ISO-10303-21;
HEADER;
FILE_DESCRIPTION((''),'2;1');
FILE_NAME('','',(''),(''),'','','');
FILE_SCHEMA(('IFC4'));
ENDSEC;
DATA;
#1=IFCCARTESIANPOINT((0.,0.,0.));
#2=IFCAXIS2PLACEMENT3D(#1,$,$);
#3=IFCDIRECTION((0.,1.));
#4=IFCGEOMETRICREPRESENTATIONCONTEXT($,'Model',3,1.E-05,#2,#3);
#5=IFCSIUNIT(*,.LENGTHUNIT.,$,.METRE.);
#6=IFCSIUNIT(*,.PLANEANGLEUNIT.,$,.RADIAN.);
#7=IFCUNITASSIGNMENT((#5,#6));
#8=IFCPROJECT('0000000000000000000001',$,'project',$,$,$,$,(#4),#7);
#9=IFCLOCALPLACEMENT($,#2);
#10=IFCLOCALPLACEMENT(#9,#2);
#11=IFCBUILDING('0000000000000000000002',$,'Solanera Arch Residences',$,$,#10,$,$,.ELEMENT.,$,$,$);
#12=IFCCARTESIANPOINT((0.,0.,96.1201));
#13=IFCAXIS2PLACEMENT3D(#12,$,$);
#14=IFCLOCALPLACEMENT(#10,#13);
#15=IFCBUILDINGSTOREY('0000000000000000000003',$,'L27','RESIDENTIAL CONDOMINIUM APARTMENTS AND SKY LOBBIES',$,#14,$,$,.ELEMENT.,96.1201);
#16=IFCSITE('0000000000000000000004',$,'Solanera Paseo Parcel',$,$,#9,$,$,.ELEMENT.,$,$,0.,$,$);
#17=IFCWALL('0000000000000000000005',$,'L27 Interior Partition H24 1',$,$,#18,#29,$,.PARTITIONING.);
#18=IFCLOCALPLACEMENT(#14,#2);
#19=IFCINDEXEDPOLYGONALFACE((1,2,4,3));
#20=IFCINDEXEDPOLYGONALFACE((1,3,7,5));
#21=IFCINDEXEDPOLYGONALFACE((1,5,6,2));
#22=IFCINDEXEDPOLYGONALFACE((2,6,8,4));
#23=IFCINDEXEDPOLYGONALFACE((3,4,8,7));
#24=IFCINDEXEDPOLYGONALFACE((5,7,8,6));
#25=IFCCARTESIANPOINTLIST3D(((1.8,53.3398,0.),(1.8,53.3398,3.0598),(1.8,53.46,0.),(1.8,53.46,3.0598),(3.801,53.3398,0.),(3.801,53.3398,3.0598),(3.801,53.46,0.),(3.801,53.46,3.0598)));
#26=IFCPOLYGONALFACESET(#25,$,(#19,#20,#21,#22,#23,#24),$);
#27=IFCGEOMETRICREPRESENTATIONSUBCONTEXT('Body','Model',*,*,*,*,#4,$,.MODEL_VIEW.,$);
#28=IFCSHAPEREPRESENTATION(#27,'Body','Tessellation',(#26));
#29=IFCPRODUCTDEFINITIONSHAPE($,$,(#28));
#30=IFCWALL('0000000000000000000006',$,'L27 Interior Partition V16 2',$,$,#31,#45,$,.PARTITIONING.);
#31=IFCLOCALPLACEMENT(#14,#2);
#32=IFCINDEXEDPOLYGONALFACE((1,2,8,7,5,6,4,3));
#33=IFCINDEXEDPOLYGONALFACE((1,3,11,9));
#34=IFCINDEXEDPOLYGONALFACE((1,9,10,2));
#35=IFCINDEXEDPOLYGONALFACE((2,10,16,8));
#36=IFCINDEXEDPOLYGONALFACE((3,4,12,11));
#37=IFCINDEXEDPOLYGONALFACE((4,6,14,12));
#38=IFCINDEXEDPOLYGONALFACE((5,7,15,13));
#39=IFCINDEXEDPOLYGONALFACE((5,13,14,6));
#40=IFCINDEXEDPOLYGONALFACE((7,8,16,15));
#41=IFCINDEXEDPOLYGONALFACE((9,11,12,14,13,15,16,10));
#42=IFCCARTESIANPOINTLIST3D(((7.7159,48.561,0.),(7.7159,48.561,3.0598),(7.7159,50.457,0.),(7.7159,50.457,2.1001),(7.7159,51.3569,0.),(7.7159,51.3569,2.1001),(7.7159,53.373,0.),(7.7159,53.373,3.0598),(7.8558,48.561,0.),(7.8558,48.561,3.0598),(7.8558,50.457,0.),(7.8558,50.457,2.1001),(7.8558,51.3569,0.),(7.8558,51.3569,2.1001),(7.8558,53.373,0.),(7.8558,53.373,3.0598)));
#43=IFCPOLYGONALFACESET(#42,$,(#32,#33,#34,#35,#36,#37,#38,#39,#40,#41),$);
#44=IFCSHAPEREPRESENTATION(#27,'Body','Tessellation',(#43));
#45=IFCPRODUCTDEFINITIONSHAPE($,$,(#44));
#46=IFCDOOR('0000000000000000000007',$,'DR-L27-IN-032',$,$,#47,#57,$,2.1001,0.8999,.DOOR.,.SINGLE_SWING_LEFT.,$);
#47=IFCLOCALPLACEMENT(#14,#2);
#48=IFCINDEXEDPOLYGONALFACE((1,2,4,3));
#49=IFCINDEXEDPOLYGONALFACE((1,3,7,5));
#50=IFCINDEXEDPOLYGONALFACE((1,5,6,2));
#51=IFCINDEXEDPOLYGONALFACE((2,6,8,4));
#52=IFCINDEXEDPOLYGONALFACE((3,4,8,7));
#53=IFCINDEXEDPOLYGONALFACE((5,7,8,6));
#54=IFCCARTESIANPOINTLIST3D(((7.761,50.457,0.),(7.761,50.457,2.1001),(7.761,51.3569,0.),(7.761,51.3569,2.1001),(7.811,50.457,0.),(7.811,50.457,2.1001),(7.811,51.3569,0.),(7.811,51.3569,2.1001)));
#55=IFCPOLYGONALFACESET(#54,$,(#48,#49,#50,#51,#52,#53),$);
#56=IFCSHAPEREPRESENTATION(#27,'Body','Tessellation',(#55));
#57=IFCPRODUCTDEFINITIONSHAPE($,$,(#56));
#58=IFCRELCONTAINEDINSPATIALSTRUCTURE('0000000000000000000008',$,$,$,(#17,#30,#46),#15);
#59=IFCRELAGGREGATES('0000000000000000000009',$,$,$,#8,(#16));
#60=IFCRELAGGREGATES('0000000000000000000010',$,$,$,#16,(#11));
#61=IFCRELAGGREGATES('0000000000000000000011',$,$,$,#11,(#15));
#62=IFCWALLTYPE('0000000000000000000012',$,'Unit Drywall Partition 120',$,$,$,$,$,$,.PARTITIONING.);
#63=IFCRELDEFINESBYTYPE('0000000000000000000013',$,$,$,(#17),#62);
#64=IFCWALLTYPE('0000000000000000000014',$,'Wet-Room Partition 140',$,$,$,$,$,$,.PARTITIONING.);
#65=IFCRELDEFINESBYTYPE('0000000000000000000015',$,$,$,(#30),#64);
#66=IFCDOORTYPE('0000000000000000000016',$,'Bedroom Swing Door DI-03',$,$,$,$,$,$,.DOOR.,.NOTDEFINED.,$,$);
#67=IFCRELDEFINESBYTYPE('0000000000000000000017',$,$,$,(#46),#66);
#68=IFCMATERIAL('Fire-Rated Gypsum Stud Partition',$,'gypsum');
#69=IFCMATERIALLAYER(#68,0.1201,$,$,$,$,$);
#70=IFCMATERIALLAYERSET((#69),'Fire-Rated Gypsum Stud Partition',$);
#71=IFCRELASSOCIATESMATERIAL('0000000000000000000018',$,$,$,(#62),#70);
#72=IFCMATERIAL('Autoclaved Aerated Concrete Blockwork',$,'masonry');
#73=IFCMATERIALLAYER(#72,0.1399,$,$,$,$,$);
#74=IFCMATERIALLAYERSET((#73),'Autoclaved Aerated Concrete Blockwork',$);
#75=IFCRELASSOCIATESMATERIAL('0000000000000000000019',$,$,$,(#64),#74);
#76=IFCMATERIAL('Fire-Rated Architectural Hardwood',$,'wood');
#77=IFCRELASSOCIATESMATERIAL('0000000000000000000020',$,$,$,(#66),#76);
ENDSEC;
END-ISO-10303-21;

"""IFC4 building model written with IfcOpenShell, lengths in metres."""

from ifc_helpers import new_model, si_unit, direction, frame, frame_2d, origin, place, context, subcontext, project, spatial, rectangle, extrude, material, layer, layer_set, type_object, element, fill, save


model = new_model("IFC4")

# Units and contexts
model_context = context("Model", 3, precision=1e-05, world=origin(), true_north=direction((0.0, 1.0)))
body_context = subcontext(model_context, "Body", "Model", "MODEL_VIEW")
ifc_project = project(units=[si_unit("LENGTHUNIT", "METRE"), si_unit("PLANEANGLEUNIT", "RADIAN")], contexts=[model_context])

# Site, building, storey
site_placement = place(None, origin())
site = spatial("IfcSite", under=ifc_project, at=site_placement, Name="Solanera Paseo Parcel", CompositionType="ELEMENT", RefElevation=0.0)
building_placement = place(site_placement, origin())
building = spatial("IfcBuilding", under=site, at=building_placement, Name="Solanera Arch Residences", CompositionType="ELEMENT")
storey_placement = place(building_placement, frame((0.0, 0.0, 96.1201)))
storey = spatial("IfcBuildingStorey", under=building, at=storey_placement, Name="L27", Description="RESIDENTIAL CONDOMINIUM APARTMENTS AND SKY LOBBIES", CompositionType="ELEMENT", Elevation=96.1201)

# Wall
ifc_material_1 = material(Name="Fire-Rated Gypsum Stud Partition", Category="gypsum")
ifc_layer_1 = layer(ifc_material_1, 0.1201)
ifc_layer_set_1 = layer_set([ifc_layer_1], Name="Fire-Rated Gypsum Stud Partition")
wall_type_1 = type_object("IfcWallType", Name="Unit Drywall Partition 120", PredefinedType="PARTITIONING", material=ifc_layer_set_1)
wall_1_placement = place(storey_placement, frame((1.8, 53.3999, 0.0), z_axis=(0.0, 0.0, 1.0), x_axis=(1.0, 0.0, 0.0)))
element("IfcWall", 1, at=wall_1_placement, inside=storey, type_object=wall_type_1, Name="L27 Interior Partition H24 1", PredefinedType="PARTITIONING", context=body_context, shape_type="SweptSolid", body=[
    extrude(rectangle(XDim=2.001, YDim=0.1201, at=frame_2d((1.0005, 0.0))), origin(), (0.0, 0.0, 1.0), 3.0598),
])

# Wall, opening, door
ifc_material_2 = material(Name="Autoclaved Aerated Concrete Blockwork", Category="masonry")
ifc_layer_2 = layer(ifc_material_2, 0.1399)
ifc_layer_set_2 = layer_set([ifc_layer_2], Name="Autoclaved Aerated Concrete Blockwork")
wall_type_2 = type_object("IfcWallType", Name="Wet-Room Partition 140", PredefinedType="PARTITIONING", material=ifc_layer_set_2)
wall_2_placement = place(storey_placement, frame((7.7859, 48.561, 0.0), z_axis=(0.0, 0.0, 1.0), x_axis=(0.0, 1.0, 0.0)))
wall_2 = element("IfcWall", 2, at=wall_2_placement, inside=storey, type_object=wall_type_2, Name="L27 Interior Partition V16 2", PredefinedType="PARTITIONING", context=body_context, shape_type="SweptSolid", body=[
    extrude(rectangle(XDim=4.812, YDim=0.1399, at=frame_2d((2.406, 0.0))), origin(), (0.0, 0.0, 1.0), 3.0598),
])
opening_1_placement = place(wall_2_placement, frame((1.896, 0.0, 0.0)))
opening_1 = element("IfcOpeningElement", 3, at=opening_1_placement, cuts=wall_2, PredefinedType="OPENING", context=body_context, shape_type="SweptSolid", body=[
    extrude(rectangle(XDim=0.8999, YDim=2.1001, at=frame_2d((0.45, 1.05))), frame((0.0, 0.0798, 0.0), z_axis=(0.0, -1.0, 0.0), x_axis=(1.0, 0.0, 0.0)), (0.0, 0.0, 1.0), 0.1599),
])
ifc_material_3 = material(Name="Fire-Rated Architectural Hardwood", Category="wood")
door_type_1 = type_object("IfcDoorType", Name="Bedroom Swing Door DI-03", OperationType="NOTDEFINED", PredefinedType="DOOR", material=ifc_material_3)
door_1_placement = place(opening_1_placement, origin())
door_1 = element("IfcDoor", 4, at=door_1_placement, inside=storey, type_object=door_type_1, Name="DR-L27-IN-032", OperationType="SINGLE_SWING_LEFT", OverallHeight=2.1001, OverallWidth=0.8999, PredefinedType="DOOR", context=body_context, shape_type="SweptSolid", body=[
    extrude(rectangle(XDim=0.8999, YDim=2.1001, at=frame_2d((0.45, 1.05))), frame((0.0, 0.0249, 0.0), z_axis=(0.0, -1.0, 0.0), x_axis=(1.0, 0.0, 0.0)), (0.0, 0.0, 1.0), 0.05),
])
fill(opening_1, door_1)

save(model, "model.ifc")
